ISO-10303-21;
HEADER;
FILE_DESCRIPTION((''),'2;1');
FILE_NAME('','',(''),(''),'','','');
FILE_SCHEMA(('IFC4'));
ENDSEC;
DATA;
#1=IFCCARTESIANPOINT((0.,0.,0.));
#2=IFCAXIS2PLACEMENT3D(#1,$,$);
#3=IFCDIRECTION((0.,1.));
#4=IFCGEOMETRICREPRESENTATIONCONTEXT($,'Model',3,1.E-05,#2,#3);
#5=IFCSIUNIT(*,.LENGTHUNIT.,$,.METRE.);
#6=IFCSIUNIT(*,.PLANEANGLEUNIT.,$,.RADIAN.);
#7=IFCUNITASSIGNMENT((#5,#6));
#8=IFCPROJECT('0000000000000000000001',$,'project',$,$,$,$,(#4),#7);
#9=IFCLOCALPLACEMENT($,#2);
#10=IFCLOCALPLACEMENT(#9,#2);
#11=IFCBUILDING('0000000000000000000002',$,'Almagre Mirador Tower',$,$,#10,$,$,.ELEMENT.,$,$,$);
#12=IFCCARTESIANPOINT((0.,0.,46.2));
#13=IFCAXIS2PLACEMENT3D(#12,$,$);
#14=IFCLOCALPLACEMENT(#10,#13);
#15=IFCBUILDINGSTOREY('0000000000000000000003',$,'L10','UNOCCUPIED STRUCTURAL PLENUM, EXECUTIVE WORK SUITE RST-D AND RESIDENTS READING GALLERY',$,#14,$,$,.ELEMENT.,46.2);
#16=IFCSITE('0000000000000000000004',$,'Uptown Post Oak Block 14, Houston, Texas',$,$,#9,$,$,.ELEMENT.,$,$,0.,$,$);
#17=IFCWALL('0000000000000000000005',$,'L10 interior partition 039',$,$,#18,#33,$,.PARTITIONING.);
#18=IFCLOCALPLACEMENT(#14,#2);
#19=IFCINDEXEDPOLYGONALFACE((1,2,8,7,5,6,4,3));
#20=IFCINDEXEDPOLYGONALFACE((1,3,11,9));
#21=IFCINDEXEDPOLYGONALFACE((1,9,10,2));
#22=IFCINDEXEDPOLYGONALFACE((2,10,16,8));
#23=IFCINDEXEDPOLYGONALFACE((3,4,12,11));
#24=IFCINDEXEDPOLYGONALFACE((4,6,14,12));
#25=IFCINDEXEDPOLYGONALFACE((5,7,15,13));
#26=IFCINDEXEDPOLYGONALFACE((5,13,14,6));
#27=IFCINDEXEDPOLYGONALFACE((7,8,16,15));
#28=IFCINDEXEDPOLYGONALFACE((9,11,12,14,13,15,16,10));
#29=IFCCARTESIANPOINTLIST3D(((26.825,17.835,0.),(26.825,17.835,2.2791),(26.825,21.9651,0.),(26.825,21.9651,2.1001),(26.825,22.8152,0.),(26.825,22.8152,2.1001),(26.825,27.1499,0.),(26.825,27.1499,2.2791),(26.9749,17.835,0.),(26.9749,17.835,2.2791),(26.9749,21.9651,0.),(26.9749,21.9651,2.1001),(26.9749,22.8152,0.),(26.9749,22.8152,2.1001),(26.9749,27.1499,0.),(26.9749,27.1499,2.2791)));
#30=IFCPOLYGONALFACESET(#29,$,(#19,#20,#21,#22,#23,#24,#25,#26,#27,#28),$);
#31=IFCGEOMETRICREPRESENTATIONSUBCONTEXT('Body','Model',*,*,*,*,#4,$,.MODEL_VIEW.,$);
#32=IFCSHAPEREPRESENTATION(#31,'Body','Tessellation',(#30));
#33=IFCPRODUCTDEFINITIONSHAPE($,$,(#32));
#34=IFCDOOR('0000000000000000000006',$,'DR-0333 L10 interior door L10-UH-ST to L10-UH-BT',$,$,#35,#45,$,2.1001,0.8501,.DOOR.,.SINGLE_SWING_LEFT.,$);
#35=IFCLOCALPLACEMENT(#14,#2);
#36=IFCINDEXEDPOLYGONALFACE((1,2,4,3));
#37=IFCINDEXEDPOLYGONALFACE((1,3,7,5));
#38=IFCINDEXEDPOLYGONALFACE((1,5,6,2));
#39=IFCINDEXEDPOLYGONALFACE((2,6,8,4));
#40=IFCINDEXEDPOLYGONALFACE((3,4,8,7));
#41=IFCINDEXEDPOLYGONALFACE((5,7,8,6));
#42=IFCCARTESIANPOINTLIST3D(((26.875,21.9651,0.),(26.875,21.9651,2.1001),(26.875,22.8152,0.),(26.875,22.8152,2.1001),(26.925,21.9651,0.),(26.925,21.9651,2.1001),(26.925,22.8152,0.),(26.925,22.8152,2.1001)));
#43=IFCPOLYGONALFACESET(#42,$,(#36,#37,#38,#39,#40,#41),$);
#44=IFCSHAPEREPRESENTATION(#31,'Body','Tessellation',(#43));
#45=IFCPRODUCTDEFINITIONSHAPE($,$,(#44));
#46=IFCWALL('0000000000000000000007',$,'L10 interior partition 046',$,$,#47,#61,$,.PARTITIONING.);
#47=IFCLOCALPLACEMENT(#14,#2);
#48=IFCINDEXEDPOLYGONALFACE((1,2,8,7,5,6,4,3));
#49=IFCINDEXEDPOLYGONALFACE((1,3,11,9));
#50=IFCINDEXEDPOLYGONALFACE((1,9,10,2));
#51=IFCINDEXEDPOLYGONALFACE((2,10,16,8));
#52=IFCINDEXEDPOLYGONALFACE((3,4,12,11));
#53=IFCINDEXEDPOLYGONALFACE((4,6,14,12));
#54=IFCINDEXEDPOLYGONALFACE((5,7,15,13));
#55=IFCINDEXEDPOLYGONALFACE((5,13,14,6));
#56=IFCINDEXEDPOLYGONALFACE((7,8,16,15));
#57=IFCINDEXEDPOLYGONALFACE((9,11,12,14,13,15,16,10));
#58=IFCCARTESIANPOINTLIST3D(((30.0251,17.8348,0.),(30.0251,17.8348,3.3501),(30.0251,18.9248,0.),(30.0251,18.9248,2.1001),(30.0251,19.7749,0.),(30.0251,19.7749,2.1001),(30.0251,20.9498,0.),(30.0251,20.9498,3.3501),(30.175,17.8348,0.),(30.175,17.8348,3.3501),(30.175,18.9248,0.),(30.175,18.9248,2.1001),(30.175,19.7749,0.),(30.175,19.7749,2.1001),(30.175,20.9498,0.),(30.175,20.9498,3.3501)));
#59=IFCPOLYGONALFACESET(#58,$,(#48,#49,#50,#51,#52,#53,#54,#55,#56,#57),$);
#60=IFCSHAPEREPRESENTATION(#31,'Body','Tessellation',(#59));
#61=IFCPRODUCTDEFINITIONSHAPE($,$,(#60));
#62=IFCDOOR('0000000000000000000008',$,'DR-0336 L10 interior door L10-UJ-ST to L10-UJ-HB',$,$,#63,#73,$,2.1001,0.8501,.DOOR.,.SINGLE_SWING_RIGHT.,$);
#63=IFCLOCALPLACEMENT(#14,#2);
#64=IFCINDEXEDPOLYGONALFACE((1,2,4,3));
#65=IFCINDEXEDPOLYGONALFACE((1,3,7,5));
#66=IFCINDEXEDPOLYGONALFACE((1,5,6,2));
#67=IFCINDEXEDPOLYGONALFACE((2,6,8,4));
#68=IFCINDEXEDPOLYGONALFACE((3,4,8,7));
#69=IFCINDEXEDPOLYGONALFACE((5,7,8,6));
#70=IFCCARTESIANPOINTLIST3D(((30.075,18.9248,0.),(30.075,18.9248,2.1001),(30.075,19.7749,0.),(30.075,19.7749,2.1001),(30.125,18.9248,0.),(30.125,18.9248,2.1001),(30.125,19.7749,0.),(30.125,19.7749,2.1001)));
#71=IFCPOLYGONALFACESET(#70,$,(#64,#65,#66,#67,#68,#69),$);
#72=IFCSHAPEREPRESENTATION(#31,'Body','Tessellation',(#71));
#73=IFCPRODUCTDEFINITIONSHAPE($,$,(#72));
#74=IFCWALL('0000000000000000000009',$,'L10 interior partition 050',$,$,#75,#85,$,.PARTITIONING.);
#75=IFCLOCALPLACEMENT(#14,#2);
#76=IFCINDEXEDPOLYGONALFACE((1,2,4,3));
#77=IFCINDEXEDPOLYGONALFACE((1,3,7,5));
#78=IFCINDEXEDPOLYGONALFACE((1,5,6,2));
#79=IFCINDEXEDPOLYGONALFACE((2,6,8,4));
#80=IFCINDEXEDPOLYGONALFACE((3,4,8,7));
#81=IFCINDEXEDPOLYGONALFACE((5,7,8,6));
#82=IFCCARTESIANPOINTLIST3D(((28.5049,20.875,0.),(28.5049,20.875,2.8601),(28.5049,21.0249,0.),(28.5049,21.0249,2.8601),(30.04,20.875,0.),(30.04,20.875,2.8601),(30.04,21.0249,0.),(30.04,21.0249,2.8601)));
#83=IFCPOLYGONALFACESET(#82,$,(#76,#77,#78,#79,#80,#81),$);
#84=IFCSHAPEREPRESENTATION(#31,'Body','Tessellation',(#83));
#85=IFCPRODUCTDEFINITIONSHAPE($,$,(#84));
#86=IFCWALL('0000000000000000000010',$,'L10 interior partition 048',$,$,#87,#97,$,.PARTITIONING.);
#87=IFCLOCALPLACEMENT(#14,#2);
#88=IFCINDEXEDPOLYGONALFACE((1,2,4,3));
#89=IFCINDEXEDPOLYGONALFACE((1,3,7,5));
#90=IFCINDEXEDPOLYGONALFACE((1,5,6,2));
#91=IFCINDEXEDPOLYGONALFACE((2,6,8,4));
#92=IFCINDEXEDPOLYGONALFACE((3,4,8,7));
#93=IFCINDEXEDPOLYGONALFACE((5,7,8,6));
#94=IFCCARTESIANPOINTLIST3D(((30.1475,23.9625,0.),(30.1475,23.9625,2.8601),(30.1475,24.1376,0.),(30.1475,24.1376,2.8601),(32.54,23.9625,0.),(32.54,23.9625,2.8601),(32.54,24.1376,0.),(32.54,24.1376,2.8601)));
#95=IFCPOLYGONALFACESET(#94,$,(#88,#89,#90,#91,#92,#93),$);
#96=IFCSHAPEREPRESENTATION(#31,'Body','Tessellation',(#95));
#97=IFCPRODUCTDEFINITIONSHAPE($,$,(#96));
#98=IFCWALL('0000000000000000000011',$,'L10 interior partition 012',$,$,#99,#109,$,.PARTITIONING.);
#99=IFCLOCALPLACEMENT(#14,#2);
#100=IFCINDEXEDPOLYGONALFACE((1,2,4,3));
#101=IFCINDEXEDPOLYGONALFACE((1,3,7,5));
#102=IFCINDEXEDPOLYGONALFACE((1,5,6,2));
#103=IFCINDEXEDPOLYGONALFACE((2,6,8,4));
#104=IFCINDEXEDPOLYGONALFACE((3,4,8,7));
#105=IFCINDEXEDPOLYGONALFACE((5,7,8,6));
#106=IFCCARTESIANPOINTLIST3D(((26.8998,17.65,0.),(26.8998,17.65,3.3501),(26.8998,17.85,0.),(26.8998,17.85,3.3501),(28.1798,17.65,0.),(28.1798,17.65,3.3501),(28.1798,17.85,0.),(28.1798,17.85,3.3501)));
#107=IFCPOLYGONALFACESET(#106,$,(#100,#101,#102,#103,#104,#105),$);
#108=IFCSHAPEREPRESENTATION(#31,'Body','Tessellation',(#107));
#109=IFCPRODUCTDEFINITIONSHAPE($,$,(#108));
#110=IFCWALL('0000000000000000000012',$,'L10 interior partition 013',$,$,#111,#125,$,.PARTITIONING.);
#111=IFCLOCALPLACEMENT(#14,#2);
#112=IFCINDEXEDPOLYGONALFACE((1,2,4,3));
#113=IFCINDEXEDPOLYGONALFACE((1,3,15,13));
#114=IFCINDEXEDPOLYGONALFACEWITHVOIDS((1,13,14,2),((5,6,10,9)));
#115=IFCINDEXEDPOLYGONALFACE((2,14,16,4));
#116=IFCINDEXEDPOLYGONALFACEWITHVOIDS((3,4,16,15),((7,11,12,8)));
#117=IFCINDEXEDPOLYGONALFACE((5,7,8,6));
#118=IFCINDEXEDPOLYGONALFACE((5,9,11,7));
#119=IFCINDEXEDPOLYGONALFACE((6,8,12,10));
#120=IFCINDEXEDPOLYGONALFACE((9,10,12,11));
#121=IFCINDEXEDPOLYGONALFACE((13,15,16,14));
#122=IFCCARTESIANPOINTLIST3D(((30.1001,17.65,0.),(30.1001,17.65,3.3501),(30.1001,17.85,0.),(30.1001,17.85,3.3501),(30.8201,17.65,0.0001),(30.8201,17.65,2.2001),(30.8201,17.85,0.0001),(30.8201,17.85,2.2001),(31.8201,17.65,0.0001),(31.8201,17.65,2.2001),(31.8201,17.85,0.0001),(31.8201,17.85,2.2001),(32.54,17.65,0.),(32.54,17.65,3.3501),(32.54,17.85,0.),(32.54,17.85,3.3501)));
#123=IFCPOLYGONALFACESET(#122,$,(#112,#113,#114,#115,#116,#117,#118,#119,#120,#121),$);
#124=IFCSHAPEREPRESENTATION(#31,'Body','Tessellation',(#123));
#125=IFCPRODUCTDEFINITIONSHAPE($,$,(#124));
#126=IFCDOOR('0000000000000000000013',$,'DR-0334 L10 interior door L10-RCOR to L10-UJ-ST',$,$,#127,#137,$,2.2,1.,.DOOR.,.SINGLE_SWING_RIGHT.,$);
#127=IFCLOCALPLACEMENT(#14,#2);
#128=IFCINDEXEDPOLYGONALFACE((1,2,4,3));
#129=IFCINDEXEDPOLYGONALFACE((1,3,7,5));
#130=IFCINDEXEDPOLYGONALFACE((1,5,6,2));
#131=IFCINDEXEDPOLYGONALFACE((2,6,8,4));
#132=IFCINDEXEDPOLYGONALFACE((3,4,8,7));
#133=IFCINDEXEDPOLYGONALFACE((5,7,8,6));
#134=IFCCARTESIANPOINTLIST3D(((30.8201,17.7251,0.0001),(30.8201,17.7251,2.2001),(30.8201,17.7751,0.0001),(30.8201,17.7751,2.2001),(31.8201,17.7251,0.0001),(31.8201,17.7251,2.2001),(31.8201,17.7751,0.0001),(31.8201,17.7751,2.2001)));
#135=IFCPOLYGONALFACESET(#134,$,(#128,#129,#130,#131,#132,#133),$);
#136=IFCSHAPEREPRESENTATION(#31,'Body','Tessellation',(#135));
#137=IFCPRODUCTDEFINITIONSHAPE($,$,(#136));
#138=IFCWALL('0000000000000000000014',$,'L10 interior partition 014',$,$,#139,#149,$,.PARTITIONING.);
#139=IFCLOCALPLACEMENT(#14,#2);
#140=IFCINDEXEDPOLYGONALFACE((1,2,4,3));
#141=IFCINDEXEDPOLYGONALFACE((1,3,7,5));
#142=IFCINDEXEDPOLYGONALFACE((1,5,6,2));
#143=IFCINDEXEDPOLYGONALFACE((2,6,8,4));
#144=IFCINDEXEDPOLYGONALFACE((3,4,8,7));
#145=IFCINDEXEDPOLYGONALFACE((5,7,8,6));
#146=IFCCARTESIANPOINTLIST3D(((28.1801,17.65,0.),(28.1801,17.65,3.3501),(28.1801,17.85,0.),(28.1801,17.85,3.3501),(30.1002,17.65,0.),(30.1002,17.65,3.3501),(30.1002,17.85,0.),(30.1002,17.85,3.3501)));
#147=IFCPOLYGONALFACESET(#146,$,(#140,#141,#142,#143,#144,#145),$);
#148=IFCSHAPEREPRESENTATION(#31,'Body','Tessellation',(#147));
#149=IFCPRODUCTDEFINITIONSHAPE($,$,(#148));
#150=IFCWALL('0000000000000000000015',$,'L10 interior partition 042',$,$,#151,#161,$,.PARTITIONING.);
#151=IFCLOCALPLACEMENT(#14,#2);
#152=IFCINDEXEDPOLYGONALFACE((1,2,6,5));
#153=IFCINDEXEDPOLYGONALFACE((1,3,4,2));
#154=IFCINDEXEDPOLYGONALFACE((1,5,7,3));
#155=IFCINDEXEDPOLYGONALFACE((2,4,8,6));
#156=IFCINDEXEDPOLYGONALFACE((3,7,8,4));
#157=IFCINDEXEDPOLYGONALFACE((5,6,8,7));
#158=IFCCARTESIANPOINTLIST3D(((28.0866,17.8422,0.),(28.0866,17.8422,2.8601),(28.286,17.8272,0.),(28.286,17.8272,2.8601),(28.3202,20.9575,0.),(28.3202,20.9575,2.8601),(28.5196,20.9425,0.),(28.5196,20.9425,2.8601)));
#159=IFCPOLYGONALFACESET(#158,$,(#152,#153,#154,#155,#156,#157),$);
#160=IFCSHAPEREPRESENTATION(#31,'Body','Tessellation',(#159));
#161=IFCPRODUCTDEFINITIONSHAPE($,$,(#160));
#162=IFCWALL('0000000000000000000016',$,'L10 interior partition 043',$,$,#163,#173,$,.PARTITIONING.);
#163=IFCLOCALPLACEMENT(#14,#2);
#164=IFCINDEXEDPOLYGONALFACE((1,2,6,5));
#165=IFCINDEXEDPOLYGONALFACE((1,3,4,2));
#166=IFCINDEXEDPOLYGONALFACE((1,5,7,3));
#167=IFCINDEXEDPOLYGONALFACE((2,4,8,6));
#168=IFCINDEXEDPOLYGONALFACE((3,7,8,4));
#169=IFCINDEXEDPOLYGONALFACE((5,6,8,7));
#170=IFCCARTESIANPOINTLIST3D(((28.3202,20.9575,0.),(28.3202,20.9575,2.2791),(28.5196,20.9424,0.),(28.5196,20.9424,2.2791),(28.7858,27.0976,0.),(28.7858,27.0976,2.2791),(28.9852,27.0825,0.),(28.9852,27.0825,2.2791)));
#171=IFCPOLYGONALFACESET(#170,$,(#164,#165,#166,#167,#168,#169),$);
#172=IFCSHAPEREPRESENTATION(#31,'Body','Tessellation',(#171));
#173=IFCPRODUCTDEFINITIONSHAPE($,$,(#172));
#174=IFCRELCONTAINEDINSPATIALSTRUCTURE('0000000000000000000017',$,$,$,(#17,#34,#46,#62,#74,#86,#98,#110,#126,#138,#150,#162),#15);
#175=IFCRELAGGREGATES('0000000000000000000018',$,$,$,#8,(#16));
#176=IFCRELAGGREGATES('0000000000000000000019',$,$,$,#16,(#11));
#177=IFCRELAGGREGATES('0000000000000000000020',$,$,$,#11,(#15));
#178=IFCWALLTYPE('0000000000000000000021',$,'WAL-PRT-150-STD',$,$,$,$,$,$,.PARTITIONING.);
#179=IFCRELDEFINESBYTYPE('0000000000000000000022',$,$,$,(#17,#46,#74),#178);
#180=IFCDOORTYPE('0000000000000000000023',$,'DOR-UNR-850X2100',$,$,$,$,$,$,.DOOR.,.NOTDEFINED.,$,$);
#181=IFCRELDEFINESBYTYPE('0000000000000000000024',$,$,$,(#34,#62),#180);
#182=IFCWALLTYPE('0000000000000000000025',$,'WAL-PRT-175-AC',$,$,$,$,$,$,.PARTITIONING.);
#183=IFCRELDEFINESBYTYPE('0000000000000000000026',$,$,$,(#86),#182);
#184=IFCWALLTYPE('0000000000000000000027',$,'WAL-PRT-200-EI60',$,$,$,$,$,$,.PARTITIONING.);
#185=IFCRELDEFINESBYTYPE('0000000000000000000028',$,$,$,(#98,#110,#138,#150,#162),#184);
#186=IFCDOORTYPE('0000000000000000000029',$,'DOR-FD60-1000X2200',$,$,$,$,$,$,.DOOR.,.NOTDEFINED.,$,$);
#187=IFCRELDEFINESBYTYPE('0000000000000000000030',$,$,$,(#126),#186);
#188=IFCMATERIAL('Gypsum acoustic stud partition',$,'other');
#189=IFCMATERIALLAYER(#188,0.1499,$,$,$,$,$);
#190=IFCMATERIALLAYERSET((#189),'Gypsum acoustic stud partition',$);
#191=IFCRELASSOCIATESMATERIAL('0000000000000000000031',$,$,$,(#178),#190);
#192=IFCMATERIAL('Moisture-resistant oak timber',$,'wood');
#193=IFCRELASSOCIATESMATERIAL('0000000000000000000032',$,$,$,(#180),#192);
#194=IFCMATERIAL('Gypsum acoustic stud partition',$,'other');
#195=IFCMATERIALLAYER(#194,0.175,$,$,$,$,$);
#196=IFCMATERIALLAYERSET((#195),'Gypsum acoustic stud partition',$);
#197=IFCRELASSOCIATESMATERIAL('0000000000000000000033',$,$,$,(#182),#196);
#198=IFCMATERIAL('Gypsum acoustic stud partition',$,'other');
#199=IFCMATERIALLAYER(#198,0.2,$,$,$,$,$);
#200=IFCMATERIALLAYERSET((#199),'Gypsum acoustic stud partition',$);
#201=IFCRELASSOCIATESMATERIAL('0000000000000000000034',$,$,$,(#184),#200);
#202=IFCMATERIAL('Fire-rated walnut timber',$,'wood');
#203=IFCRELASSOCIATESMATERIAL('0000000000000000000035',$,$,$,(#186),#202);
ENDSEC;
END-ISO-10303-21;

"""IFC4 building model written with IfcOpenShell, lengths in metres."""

from ifc_helpers import new_model, si_unit, direction, frame, frame_2d, origin, place, context, subcontext, project, spatial, rectangle, extrude, material, layer, layer_set, type_object, element, fill, save


model = new_model("IFC4")

# Units and contexts
model_context = context("Model", 3, precision=1e-05, world=origin(), true_north=direction((0.0, 1.0)))
body_context = subcontext(model_context, "Body", "Model", "MODEL_VIEW")
ifc_project = project(units=[si_unit("LENGTHUNIT", "METRE"), si_unit("PLANEANGLEUNIT", "RADIAN")], contexts=[model_context])

# Site, building, storey
site_placement = place(None, origin())
site = spatial("IfcSite", under=ifc_project, at=site_placement, Name="Uptown Post Oak Block 14, Houston, Texas", CompositionType="ELEMENT", RefElevation=0.0)
building_placement = place(site_placement, origin())
building = spatial("IfcBuilding", under=site, at=building_placement, Name="Almagre Mirador Tower", CompositionType="ELEMENT")
storey_placement = place(building_placement, frame((0.0, 0.0, 46.2)))
storey = spatial("IfcBuildingStorey", under=building, at=storey_placement, Name="L10", Description="UNOCCUPIED STRUCTURAL PLENUM, EXECUTIVE WORK SUITE RST-D AND RESIDENTS READING GALLERY", CompositionType="ELEMENT", Elevation=46.2)

# Walls, openings, doors
ifc_material_1 = material(Name="Gypsum acoustic stud partition", Category="other")
ifc_layer_1 = layer(ifc_material_1, 0.1499)
ifc_layer_set_1 = layer_set([ifc_layer_1], Name="Gypsum acoustic stud partition")
wall_type_1 = type_object("IfcWallType", Name="WAL-PRT-150-STD", PredefinedType="PARTITIONING", material=ifc_layer_set_1)
wall_1_placement = place(storey_placement, frame((26.8999, 17.835, 0.0), z_axis=(0.0, 0.0, 1.0), x_axis=(0.0, 1.0, 0.0)))
wall_1 = element("IfcWall", 1, at=wall_1_placement, inside=storey, type_object=wall_type_1, Name="L10 interior partition 039", PredefinedType="PARTITIONING", context=body_context, shape_type="SweptSolid", body=[
    extrude(rectangle(XDim=9.3149, YDim=0.1499, at=frame_2d((4.6575, 0.0))), origin(), (0.0, 0.0, 1.0), 2.2791),
])
opening_1_placement = place(wall_1_placement, frame((4.1301, 0.0, 0.0)))
opening_1 = element("IfcOpeningElement", 2, at=opening_1_placement, cuts=wall_1, PredefinedType="OPENING", context=body_context, shape_type="SweptSolid", body=[
    extrude(rectangle(XDim=0.8501, YDim=2.1001, at=frame_2d((0.425, 1.05))), frame((0.0, 0.085, 0.0), z_axis=(0.0, -1.0, 0.0), x_axis=(1.0, 0.0, 0.0)), (0.0, 0.0, 1.0), 0.1699),
])
ifc_material_2 = material(Name="Moisture-resistant oak timber", Category="wood")
door_type_1 = type_object("IfcDoorType", Name="DOR-UNR-850X2100", OperationType="NOTDEFINED", PredefinedType="DOOR", material=ifc_material_2)
door_1_placement = place(opening_1_placement, origin())
door_1 = element("IfcDoor", 3, at=door_1_placement, inside=storey, type_object=door_type_1, Name="DR-0333 L10 interior door L10-UH-ST to L10-UH-BT", OperationType="SINGLE_SWING_LEFT", OverallHeight=2.1001, OverallWidth=0.8501, PredefinedType="DOOR", context=body_context, shape_type="SweptSolid", body=[
    extrude(rectangle(XDim=0.8501, YDim=2.1001, at=frame_2d((0.425, 1.05))), frame((0.0, 0.0249, 0.0), z_axis=(0.0, -1.0, 0.0), x_axis=(1.0, 0.0, 0.0)), (0.0, 0.0, 1.0), 0.05),
])
fill(opening_1, door_1)
wall_2_placement = place(storey_placement, frame((30.1001, 20.95, 0.0), z_axis=(0.0, 0.0, 1.0), x_axis=(0.0, -1.0, 0.0)))
wall_2 = element("IfcWall", 4, at=wall_2_placement, inside=storey, type_object=wall_type_1, Name="L10 interior partition 046", PredefinedType="PARTITIONING", context=body_context, shape_type="SweptSolid", body=[
    extrude(rectangle(XDim=3.115, YDim=0.1499, at=frame_2d((1.5576, 0.0))), origin(), (0.0, 0.0, 1.0), 3.3501),
])
opening_2_placement = place(wall_2_placement, frame((1.175, 0.0, 0.0)))
opening_2 = element("IfcOpeningElement", 5, at=opening_2_placement, cuts=wall_2, PredefinedType="OPENING", context=body_context, shape_type="SweptSolid", body=[
    extrude(rectangle(XDim=0.8501, YDim=2.1001, at=frame_2d((0.425, 1.05))), frame((0.0, 0.085, 0.0), z_axis=(0.0, -1.0, 0.0), x_axis=(1.0, 0.0, 0.0)), (0.0, 0.0, 1.0), 0.1699),
])
door_2_placement = place(opening_2_placement, origin())
door_2 = element("IfcDoor", 6, at=door_2_placement, inside=storey, type_object=door_type_1, Name="DR-0336 L10 interior door L10-UJ-ST to L10-UJ-HB", OperationType="SINGLE_SWING_RIGHT", OverallHeight=2.1001, OverallWidth=0.8501, PredefinedType="DOOR", context=body_context, shape_type="SweptSolid", body=[
    extrude(rectangle(XDim=0.8501, YDim=2.1001, at=frame_2d((0.425, 1.05))), frame((0.0, 0.0249, 0.0), z_axis=(0.0, -1.0, 0.0), x_axis=(1.0, 0.0, 0.0)), (0.0, 0.0, 1.0), 0.05),
])
fill(opening_2, door_2)

# Walls
wall_3_placement = place(storey_placement, frame((30.04, 20.95, 0.0), z_axis=(0.0, 0.0, 1.0), x_axis=(-1.0, 0.0, 0.0)))
element("IfcWall", 7, at=wall_3_placement, inside=storey, type_object=wall_type_1, Name="L10 interior partition 050", PredefinedType="PARTITIONING", context=body_context, shape_type="SweptSolid", body=[
    extrude(rectangle(XDim=1.5352, YDim=0.1499, at=frame_2d((0.7676, 0.0))), origin(), (0.0, 0.0, 1.0), 2.8601),
])
ifc_material_3 = material(Name="Gypsum acoustic stud partition", Category="other")
ifc_layer_2 = layer(ifc_material_3, 0.175)
ifc_layer_set_2 = layer_set([ifc_layer_2], Name="Gypsum acoustic stud partition")
wall_type_2 = type_object("IfcWallType", Name="WAL-PRT-175-AC", PredefinedType="PARTITIONING", material=ifc_layer_set_2)
wall_4_placement = place(storey_placement, frame((32.54, 24.05, 0.0), z_axis=(0.0, 0.0, 1.0), x_axis=(-1.0, 0.0, 0.0)))
element("IfcWall", 8, at=wall_4_placement, inside=storey, type_object=wall_type_2, Name="L10 interior partition 048", PredefinedType="PARTITIONING", context=body_context, shape_type="SweptSolid", body=[
    extrude(rectangle(XDim=2.3926, YDim=0.175, at=frame_2d((1.1963, 0.0))), origin(), (0.0, 0.0, 1.0), 2.8601),
])
ifc_material_4 = material(Name="Gypsum acoustic stud partition", Category="other")
ifc_layer_3 = layer(ifc_material_4, 0.2)
ifc_layer_set_3 = layer_set([ifc_layer_3], Name="Gypsum acoustic stud partition")
wall_type_3 = type_object("IfcWallType", Name="WAL-PRT-200-EI60", PredefinedType="PARTITIONING", material=ifc_layer_set_3)
wall_5_placement = place(storey_placement, frame((28.1799, 17.75, 0.0), z_axis=(0.0, 0.0, 1.0), x_axis=(-1.0, 0.0, 0.0)))
element("IfcWall", 9, at=wall_5_placement, inside=storey, type_object=wall_type_3, Name="L10 interior partition 012", PredefinedType="PARTITIONING", context=body_context, shape_type="SweptSolid", body=[
    extrude(rectangle(XDim=1.28, YDim=0.2, at=frame_2d((0.6401, 0.0))), origin(), (0.0, 0.0, 1.0), 3.3501),
])

# Wall, opening, door
wall_6_placement = place(storey_placement, frame((32.54, 17.75, 0.0), z_axis=(0.0, 0.0, 1.0), x_axis=(-1.0, 0.0, 0.0)))
wall_6 = element("IfcWall", 10, at=wall_6_placement, inside=storey, type_object=wall_type_3, Name="L10 interior partition 013", PredefinedType="PARTITIONING", context=body_context, shape_type="SweptSolid", body=[
    extrude(rectangle(XDim=2.4399, YDim=0.2, at=frame_2d((1.22, 0.0))), origin(), (0.0, 0.0, 1.0), 3.3501),
])
opening_3_placement = place(wall_6_placement, frame((0.72, 0.0, 0.0)))
opening_3 = element("IfcOpeningElement", 11, at=opening_3_placement, cuts=wall_6, PredefinedType="OPENING", context=body_context, shape_type="SweptSolid", body=[
    extrude(rectangle(XDim=1.0, YDim=2.2, at=frame_2d((0.5, 1.1001))), frame((0.0, 0.1101, 0.0), z_axis=(0.0, -1.0, 0.0), x_axis=(1.0, 0.0, 0.0)), (0.0, 0.0, 1.0), 0.22),
])
ifc_material_5 = material(Name="Fire-rated walnut timber", Category="wood")
door_type_2 = type_object("IfcDoorType", Name="DOR-FD60-1000X2200", OperationType="NOTDEFINED", PredefinedType="DOOR", material=ifc_material_5)
door_3_placement = place(opening_3_placement, origin())
door_3 = element("IfcDoor", 12, at=door_3_placement, inside=storey, type_object=door_type_2, Name="DR-0334 L10 interior door L10-RCOR to L10-UJ-ST", OperationType="SINGLE_SWING_RIGHT", OverallHeight=2.2, OverallWidth=1.0, PredefinedType="DOOR", context=body_context, shape_type="SweptSolid", body=[
    extrude(rectangle(XDim=1.0, YDim=2.2, at=frame_2d((0.5, 1.1001))), frame((0.0, 0.0249, 0.0), z_axis=(0.0, -1.0, 0.0), x_axis=(1.0, 0.0, 0.0)), (0.0, 0.0, 1.0), 0.05),
])
fill(opening_3, door_3)

# Walls
wall_7_placement = place(storey_placement, frame((30.1001, 17.75, 0.0), z_axis=(0.0, 0.0, 1.0), x_axis=(-1.0, 0.0, 0.0)))
element("IfcWall", 13, at=wall_7_placement, inside=storey, type_object=wall_type_3, Name="L10 interior partition 014", PredefinedType="PARTITIONING", context=body_context, shape_type="SweptSolid", body=[
    extrude(rectangle(XDim=1.9202, YDim=0.2, at=frame_2d((0.96, 0.0))), origin(), (0.0, 0.0, 1.0), 3.3501),
])
wall_8_placement = place(storey_placement, frame((28.1863, 17.8347, 0.0), z_axis=(0.0, 0.0, 1.0), x_axis=(0.07479, 0.997199, 0.0)))
element("IfcWall", 14, at=wall_8_placement, inside=storey, type_object=wall_type_3, Name="L10 interior partition 042", PredefinedType="PARTITIONING", context=body_context, shape_type="SweptSolid", body=[
    extrude(rectangle(XDim=3.124, YDim=0.2, at=frame_2d((1.562, 0.0))), origin(), (0.0, 0.0, 1.0), 2.8601),
])
wall_9_placement = place(storey_placement, frame((28.4199, 20.95, 0.0), z_axis=(0.0, 0.0, 1.0), x_axis=(0.075608, 0.997138, 0.0)))
element("IfcWall", 15, at=wall_9_placement, inside=storey, type_object=wall_type_3, Name="L10 interior partition 043", PredefinedType="PARTITIONING", context=body_context, shape_type="SweptSolid", body=[
    extrude(rectangle(XDim=6.1577, YDim=0.2, at=frame_2d((3.0789, 0.0))), origin(), (0.0, 0.0, 1.0), 2.2791),
])

save(model, "model.ifc")
